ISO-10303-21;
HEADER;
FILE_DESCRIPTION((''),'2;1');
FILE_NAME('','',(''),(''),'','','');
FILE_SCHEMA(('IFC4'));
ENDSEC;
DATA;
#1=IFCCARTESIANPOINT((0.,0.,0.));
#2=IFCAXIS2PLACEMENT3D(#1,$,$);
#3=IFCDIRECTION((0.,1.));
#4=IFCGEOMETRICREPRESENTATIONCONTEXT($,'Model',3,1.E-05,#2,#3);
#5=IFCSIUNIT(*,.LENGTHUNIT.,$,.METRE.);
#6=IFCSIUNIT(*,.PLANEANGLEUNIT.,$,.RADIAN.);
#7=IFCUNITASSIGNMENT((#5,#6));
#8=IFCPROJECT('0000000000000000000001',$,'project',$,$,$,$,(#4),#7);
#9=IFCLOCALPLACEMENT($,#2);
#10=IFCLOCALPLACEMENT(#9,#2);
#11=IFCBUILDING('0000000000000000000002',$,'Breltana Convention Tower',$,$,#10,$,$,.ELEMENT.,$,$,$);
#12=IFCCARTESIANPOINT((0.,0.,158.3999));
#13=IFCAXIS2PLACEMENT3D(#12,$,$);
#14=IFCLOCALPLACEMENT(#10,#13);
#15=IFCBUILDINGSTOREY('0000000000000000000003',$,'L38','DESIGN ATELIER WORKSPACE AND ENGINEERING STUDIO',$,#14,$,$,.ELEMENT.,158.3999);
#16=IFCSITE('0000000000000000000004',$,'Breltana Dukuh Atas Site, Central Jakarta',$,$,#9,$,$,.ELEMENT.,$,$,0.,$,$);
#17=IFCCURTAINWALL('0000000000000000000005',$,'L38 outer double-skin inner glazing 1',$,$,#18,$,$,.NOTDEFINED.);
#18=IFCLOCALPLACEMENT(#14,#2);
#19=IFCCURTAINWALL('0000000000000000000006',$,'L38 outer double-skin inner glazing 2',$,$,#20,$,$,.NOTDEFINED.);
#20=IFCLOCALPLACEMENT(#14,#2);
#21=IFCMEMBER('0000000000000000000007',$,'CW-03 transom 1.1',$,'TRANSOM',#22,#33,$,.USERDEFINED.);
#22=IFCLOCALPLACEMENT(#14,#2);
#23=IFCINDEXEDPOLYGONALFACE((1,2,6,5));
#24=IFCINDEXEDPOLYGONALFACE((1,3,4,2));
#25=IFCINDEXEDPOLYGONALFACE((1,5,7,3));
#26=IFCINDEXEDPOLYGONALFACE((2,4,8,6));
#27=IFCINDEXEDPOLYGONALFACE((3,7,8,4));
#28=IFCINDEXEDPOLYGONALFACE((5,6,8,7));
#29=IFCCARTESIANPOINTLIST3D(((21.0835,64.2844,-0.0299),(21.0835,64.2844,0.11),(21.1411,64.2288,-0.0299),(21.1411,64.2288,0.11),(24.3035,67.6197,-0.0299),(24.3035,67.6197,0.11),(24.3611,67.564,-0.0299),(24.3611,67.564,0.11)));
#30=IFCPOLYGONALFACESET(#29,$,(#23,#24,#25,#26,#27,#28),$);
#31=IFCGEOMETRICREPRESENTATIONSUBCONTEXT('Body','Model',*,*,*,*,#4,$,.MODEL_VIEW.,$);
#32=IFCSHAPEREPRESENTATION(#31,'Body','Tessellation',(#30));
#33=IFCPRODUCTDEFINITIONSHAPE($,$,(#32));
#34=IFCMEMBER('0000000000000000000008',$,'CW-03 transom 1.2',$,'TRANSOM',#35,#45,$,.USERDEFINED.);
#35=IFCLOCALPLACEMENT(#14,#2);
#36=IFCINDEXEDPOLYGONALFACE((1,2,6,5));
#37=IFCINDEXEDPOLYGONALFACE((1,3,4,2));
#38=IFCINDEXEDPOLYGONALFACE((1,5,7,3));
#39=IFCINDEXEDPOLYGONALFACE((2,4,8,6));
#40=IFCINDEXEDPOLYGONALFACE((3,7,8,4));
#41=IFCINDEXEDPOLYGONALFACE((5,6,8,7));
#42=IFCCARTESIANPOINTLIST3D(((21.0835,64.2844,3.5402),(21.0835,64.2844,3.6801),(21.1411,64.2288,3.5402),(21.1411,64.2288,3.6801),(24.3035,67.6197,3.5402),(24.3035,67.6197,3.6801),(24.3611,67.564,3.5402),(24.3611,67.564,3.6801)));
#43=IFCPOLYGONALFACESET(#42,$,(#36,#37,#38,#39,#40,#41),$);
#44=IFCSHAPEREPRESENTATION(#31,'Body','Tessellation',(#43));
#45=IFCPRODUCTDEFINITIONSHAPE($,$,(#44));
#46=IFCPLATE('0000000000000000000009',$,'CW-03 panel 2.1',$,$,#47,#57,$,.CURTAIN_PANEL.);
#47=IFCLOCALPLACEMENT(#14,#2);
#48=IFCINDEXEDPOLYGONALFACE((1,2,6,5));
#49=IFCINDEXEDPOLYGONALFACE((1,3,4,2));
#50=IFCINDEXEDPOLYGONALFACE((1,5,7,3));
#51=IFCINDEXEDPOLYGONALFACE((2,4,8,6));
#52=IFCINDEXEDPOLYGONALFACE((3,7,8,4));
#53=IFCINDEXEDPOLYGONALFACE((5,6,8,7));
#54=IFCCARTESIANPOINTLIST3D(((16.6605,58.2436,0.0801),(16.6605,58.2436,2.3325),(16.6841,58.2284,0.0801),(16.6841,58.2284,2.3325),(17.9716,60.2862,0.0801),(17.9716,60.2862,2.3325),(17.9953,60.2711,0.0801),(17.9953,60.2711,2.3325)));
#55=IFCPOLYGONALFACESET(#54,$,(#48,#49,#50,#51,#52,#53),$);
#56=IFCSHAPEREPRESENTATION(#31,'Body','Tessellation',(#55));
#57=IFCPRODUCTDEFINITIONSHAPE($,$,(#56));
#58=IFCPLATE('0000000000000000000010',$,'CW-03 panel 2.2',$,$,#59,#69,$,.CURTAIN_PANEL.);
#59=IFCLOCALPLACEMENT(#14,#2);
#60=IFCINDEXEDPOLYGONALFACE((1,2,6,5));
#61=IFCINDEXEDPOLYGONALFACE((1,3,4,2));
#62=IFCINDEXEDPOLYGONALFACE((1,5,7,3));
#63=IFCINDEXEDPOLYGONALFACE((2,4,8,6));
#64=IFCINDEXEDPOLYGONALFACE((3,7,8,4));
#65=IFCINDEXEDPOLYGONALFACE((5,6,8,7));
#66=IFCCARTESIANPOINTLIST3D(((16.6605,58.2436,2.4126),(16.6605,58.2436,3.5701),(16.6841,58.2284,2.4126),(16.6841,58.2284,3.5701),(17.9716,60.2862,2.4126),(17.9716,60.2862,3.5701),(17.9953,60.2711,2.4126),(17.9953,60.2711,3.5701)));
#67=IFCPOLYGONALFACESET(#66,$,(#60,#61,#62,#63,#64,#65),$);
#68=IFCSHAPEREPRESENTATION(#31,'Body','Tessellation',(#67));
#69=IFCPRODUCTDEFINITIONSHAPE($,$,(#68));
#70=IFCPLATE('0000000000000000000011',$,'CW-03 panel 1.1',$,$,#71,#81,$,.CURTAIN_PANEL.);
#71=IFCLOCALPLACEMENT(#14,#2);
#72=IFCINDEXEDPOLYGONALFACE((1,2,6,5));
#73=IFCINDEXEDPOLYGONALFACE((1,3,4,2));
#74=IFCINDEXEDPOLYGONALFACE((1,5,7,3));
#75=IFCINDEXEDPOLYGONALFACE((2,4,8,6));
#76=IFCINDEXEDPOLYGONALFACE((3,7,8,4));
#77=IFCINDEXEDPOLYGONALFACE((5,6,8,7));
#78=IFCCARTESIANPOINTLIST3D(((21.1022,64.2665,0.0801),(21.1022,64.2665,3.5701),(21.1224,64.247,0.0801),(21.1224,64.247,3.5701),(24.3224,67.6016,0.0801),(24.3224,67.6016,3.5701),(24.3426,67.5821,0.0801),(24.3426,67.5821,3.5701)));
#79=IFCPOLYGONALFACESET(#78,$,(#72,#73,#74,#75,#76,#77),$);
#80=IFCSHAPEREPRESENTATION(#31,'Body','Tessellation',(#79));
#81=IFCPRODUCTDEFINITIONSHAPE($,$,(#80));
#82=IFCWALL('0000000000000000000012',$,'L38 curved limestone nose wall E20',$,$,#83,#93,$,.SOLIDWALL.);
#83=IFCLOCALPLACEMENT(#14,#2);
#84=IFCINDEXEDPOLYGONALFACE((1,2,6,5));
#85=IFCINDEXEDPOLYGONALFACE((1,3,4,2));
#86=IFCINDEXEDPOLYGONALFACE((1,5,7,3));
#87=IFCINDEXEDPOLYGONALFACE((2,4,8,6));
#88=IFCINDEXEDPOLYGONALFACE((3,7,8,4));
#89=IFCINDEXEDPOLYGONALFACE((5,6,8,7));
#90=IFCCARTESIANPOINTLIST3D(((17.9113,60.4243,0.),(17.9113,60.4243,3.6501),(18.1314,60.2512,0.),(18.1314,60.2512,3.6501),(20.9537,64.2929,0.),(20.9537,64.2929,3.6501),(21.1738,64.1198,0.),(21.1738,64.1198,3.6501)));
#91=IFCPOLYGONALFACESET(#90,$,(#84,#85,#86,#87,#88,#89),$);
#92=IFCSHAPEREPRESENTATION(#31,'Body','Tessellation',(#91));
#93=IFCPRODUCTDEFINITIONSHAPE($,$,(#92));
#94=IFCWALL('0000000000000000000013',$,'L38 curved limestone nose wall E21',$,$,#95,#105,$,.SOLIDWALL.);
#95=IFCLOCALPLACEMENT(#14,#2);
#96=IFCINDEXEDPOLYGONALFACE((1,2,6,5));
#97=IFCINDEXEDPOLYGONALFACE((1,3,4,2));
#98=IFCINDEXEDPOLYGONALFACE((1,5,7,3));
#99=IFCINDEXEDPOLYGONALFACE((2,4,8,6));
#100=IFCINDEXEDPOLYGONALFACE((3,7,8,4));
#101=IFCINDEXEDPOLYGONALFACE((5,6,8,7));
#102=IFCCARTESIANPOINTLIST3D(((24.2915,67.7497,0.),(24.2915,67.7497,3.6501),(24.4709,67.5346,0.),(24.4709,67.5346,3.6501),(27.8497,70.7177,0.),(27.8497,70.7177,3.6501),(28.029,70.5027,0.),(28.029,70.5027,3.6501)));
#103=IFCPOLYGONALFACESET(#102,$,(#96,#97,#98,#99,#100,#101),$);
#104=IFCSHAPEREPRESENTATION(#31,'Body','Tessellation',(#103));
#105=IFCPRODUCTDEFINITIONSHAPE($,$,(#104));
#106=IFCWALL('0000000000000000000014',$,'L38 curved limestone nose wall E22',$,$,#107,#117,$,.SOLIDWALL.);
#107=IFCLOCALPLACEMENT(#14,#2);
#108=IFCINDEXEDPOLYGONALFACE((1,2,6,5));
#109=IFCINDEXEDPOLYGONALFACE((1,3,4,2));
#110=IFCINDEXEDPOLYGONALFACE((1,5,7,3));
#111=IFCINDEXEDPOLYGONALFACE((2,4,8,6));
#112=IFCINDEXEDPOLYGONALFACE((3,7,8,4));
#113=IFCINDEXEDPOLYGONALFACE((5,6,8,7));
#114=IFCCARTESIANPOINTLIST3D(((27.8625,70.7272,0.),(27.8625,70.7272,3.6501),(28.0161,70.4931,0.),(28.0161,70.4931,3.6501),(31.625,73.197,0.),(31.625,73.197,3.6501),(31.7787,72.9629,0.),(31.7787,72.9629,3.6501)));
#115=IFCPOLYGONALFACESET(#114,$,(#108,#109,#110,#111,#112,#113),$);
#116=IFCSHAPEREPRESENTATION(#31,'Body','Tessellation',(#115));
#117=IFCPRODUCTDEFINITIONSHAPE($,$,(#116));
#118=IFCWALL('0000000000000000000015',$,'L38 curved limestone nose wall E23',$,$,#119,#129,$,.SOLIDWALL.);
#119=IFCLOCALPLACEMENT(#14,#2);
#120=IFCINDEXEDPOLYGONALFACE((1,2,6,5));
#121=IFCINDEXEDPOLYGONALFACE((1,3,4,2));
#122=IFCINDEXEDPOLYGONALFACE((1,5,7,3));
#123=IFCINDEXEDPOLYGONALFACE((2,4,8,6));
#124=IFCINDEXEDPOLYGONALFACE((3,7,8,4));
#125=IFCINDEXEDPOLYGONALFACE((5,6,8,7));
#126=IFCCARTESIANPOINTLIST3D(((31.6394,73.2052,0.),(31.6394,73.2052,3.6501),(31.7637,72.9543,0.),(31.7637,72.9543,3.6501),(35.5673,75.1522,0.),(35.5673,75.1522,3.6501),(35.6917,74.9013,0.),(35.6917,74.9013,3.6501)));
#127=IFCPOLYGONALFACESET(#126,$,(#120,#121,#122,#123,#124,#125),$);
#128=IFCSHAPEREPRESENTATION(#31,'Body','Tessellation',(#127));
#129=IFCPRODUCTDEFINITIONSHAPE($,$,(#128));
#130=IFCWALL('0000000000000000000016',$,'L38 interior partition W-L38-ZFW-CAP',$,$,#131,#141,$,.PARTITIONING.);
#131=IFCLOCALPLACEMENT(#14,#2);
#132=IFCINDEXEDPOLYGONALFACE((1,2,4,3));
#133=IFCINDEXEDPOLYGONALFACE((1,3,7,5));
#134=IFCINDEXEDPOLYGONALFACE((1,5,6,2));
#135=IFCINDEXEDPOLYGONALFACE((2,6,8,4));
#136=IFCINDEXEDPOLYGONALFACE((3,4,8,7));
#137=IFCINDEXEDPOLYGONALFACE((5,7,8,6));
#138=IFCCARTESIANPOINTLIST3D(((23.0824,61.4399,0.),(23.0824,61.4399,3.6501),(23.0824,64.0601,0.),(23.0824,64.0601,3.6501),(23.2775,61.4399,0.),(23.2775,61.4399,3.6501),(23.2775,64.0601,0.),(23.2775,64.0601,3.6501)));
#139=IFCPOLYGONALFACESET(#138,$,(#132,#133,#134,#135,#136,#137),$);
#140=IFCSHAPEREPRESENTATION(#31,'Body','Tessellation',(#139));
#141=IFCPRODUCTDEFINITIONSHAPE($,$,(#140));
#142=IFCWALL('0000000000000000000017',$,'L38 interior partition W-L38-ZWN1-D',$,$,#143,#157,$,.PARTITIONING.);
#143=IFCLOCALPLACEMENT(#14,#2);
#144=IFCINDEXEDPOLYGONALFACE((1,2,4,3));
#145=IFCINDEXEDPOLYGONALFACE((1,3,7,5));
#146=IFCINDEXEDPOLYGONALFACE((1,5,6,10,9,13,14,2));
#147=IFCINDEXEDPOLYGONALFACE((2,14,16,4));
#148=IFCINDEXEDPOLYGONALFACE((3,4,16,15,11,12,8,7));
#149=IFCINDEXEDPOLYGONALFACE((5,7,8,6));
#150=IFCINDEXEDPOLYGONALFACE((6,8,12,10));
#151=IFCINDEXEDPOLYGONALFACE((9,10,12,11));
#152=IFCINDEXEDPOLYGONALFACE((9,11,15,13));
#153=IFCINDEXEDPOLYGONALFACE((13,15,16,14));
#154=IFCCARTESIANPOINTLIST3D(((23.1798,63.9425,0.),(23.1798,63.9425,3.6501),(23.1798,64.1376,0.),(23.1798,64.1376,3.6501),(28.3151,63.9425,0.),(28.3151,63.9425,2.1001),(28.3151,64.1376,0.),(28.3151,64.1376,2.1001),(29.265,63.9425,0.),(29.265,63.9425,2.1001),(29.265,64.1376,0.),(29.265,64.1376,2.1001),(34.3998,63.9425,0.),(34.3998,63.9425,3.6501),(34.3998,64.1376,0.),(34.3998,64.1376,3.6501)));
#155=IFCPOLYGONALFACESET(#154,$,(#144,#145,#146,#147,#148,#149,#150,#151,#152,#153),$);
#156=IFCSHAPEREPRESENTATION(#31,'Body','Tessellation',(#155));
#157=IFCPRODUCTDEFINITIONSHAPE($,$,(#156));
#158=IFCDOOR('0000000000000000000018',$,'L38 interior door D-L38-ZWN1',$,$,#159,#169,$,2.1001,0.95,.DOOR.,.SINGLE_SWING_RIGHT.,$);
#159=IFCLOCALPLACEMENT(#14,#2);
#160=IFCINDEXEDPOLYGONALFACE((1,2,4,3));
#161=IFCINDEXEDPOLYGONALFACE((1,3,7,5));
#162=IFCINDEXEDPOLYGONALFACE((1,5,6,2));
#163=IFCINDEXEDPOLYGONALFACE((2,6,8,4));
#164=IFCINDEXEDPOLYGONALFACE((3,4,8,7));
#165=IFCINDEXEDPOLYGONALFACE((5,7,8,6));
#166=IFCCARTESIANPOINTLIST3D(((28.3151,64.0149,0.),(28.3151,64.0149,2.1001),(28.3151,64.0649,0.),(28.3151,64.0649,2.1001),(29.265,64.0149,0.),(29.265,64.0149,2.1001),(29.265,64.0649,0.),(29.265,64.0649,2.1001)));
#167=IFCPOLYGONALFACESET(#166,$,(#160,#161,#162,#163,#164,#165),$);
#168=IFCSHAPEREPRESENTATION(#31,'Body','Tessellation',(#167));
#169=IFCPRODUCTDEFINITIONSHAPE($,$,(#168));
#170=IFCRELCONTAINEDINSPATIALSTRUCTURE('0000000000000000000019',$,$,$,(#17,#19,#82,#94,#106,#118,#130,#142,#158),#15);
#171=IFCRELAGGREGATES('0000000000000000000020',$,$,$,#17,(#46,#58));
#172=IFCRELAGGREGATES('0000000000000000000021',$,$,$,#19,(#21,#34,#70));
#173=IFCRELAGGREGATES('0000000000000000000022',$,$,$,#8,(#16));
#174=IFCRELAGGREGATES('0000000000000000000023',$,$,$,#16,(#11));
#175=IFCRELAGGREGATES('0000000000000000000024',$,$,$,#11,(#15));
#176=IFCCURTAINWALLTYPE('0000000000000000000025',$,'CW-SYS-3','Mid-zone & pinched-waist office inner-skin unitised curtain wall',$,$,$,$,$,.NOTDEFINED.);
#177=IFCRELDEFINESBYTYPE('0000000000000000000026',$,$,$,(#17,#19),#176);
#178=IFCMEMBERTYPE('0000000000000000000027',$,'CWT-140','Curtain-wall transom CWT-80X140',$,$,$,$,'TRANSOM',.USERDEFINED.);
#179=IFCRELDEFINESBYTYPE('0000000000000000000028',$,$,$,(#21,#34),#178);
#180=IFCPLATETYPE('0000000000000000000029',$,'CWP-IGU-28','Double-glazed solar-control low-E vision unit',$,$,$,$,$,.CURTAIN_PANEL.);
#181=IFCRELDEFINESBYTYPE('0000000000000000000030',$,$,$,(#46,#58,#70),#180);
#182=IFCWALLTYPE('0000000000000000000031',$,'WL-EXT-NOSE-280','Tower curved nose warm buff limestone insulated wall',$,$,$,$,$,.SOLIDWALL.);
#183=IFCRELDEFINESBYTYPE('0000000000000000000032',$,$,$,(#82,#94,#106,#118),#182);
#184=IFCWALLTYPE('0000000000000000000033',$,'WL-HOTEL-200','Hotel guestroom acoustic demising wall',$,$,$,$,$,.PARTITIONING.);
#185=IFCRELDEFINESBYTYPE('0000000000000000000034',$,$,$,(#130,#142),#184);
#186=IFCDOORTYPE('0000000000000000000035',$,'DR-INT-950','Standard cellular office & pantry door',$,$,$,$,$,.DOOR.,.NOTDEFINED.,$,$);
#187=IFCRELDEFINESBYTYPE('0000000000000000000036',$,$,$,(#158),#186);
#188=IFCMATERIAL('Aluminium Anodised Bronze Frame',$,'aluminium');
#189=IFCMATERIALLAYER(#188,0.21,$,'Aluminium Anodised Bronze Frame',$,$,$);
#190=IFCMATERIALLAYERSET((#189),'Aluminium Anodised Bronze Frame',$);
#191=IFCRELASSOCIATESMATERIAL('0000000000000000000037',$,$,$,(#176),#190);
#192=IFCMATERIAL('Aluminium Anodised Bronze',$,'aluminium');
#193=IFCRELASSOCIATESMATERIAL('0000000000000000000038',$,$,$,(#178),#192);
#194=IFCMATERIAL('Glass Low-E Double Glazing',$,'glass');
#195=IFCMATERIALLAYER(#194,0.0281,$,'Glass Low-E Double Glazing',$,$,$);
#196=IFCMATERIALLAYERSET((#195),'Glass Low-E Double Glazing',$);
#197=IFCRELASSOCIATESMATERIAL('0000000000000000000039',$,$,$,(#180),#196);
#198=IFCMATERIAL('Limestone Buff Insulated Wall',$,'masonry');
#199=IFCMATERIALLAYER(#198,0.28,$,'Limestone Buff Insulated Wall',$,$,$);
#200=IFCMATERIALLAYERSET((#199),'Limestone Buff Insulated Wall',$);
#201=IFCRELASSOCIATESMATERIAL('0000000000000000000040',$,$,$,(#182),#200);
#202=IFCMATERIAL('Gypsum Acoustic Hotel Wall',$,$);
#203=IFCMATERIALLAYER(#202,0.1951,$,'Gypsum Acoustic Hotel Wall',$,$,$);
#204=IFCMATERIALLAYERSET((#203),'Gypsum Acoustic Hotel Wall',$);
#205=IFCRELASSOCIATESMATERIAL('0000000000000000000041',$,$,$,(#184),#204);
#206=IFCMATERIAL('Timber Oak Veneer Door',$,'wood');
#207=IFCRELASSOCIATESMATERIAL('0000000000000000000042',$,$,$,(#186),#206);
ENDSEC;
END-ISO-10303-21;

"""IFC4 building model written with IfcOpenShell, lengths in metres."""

from ifc_helpers import new_model, si_unit, direction, frame, frame_2d, origin, origin_2d, place, context, subcontext, project, spatial, rectangle, extrude, source, transform, mapped, material, layer, layer_set, material_profile, profile_set, type_object, type_shapes, element, fill, aggregate, save


model = new_model("IFC4")

# Units and contexts
model_context = context("Model", 3, precision=1e-05, world=origin(), true_north=direction((0.0, 1.0)))
body_context = subcontext(model_context, "Body", "Model", "MODEL_VIEW")
ifc_project = project(units=[si_unit("LENGTHUNIT", "METRE"), si_unit("PLANEANGLEUNIT", "RADIAN")], contexts=[model_context])

# Site, building, storey
site_placement = place(None, origin())
site = spatial("IfcSite", under=ifc_project, at=site_placement, Name="Breltana Dukuh Atas Site, Central Jakarta", CompositionType="ELEMENT", RefElevation=0.0)
building_placement = place(site_placement, origin())
building = spatial("IfcBuilding", under=site, at=building_placement, Name="Breltana Convention Tower", CompositionType="ELEMENT")
storey_placement = place(building_placement, frame((0.0, 0.0, 158.3999)))
storey = spatial("IfcBuildingStorey", under=building, at=storey_placement, Name="L38", Description="DESIGN ATELIER WORKSPACE AND ENGINEERING STUDIO", CompositionType="ELEMENT", Elevation=158.3999)

# Curtain wall
ifc_material_1 = material(Name="Aluminium Anodised Bronze Frame", Category="aluminium")
ifc_layer_1 = layer(ifc_material_1, 0.21, Name="Aluminium Anodised Bronze Frame")
ifc_layer_set_1 = layer_set([ifc_layer_1], Name="Aluminium Anodised Bronze Frame")
curtain_wall_type = type_object("IfcCurtainWallType", Name="CW-SYS-3", Description="Mid-zone & pinched-waist office inner-skin unitised curtain wall", PredefinedType="NOTDEFINED", material=ifc_layer_set_1)
curtain_wall_1_placement = place(storey_placement, origin())
curtain_wall_1 = element("IfcCurtainWall", 1, at=curtain_wall_1_placement, inside=storey, type_object=curtain_wall_type, Name="L38 outer double-skin inner glazing 1", PredefinedType="NOTDEFINED")
ifc_material_2 = material(Name="Aluminium Anodised Bronze", Category="aluminium")

# Curtain wall
curtain_wall_2_placement = place(storey_placement, origin())
curtain_wall_2 = element("IfcCurtainWall", 2, at=curtain_wall_2_placement, inside=storey, type_object=curtain_wall_type, Name="L38 outer double-skin inner glazing 2", PredefinedType="NOTDEFINED")

# Members
ifc_material_profile_1 = material_profile(ifc_material_2, rectangle(XDim=0.0801, YDim=0.1399, at=origin_2d()), Name="CWT-80X140")
ifc_profile_set_1 = profile_set([ifc_material_profile_1], Name="Aluminium Anodised Bronze")
member_type_1 = type_object("IfcMemberType", Name="CWT-140", Description="Curtain-wall transom CWT-80X140", ElementType="TRANSOM", PredefinedType="USERDEFINED", material=ifc_profile_set_1)
shared_shape_1 = source(origin(), body_context, "Body", "SweptSolid", [
    extrude(rectangle(XDim=0.0801, YDim=0.1399, at=origin_2d()), origin(), (0.0, 0.0, 1.0), 4.636),
])
member_1_placement = place(storey_placement, frame((21.1123, 64.2566, 0.04), z_axis=(0.694569, 0.719426, 0.0), x_axis=(-0.719426, 0.694569, 0.0)))
member_1 = element("IfcMember", 3, at=member_1_placement, type_object=member_type_1, Name="CW-03 transom 1.1", ObjectType="TRANSOM", PredefinedType="USERDEFINED", context=body_context, shape_type="MappedRepresentation", body=[
    mapped(shared_shape_1, transform((0.0, 0.0, 0.0), scale=1.0)),
])
member_2_placement = place(storey_placement, frame((21.1123, 64.2566, 3.6101), z_axis=(0.694569, 0.719426, 0.0), x_axis=(-0.719426, 0.694569, 0.0)))
member_2 = element("IfcMember", 4, at=member_2_placement, type_object=member_type_1, Name="CW-03 transom 1.2", ObjectType="TRANSOM", PredefinedType="USERDEFINED", context=body_context, shape_type="MappedRepresentation", body=[
    mapped(shared_shape_1, transform((0.0, 0.0, 0.0), scale=1.0)),
])

# Plates
ifc_material_3 = material(Name="Glass Low-E Double Glazing", Category="glass")
ifc_layer_2 = layer(ifc_material_3, 0.0281, Name="Glass Low-E Double Glazing")
ifc_layer_set_2 = layer_set([ifc_layer_2], Name="Glass Low-E Double Glazing")
plate_type = type_object("IfcPlateType", Name="CWP-IGU-28", Description="Double-glazed solar-control low-E vision unit", PredefinedType="CURTAIN_PANEL", material=ifc_layer_set_2)
shared_shape_2 = source(origin(), body_context, "Body", "SweptSolid", [
    extrude(rectangle(XDim=2.4272, YDim=0.0281, at=origin_2d()), origin(), (0.0, 0.0, 1.0), 2.2524),
])
plate_1_placement = place(storey_placement, frame((17.3279, 59.2573, 0.0801), z_axis=(0.0, 0.0, 1.0), x_axis=(0.540173, 0.841554, 0.0)))
plate_1 = element("IfcPlate", 5, at=plate_1_placement, type_object=plate_type, Name="CW-03 panel 2.1", PredefinedType="CURTAIN_PANEL", context=body_context, shape_type="MappedRepresentation", body=[
    mapped(shared_shape_2, transform((0.0, 0.0, 0.0), scale=1.0)),
])
shared_shape_3 = source(origin(), body_context, "Body", "SweptSolid", [
    extrude(rectangle(XDim=2.4272, YDim=0.0281, at=origin_2d()), origin(), (0.0, 0.0, 1.0), 1.1575),
])
plate_2_placement = place(storey_placement, frame((17.3279, 59.2573, 2.4126), z_axis=(0.0, 0.0, 1.0), x_axis=(0.540173, 0.841554, 0.0)))
plate_2 = element("IfcPlate", 6, at=plate_2_placement, type_object=plate_type, Name="CW-03 panel 2.2", PredefinedType="CURTAIN_PANEL", context=body_context, shape_type="MappedRepresentation", body=[
    mapped(shared_shape_3, transform((0.0, 0.0, 0.0), scale=1.0)),
])
aggregate(curtain_wall_1, [plate_1, plate_2])
shared_shape_4 = source(origin(), body_context, "Body", "SweptSolid", [
    extrude(rectangle(XDim=4.636, YDim=0.0281, at=origin_2d()), origin(), (0.0, 0.0, 1.0), 3.49),
])
plate_3_placement = place(storey_placement, frame((22.7224, 65.9243, 0.0801), z_axis=(0.0, 0.0, 1.0), x_axis=(0.694603, 0.719394, 0.0)))
plate_3 = element("IfcPlate", 7, at=plate_3_placement, type_object=plate_type, Name="CW-03 panel 1.1", PredefinedType="CURTAIN_PANEL", context=body_context, shape_type="MappedRepresentation", body=[
    mapped(shared_shape_4, transform((0.0, 0.0, 0.0), scale=1.0)),
])
aggregate(curtain_wall_2, [member_1, member_2, plate_3])

# Walls
ifc_material_4 = material(Name="Limestone Buff Insulated Wall", Category="masonry")
ifc_layer_3 = layer(ifc_material_4, 0.28, Name="Limestone Buff Insulated Wall")
ifc_layer_set_3 = layer_set([ifc_layer_3], Name="Limestone Buff Insulated Wall")
wall_type_1 = type_object("IfcWallType", Name="WL-EXT-NOSE-280", Description="Tower curved nose warm buff limestone insulated wall", PredefinedType="SOLIDWALL", material=ifc_layer_set_3)
shared_shape_5 = source(origin(), body_context, "Body", "SweptSolid", [
    extrude(rectangle(XDim=4.9216, YDim=0.28, at=frame_2d((2.4609, 0.0))), origin(), (0.0, 0.0, 1.0), 3.6501),
])
wall_1_placement = place(storey_placement, frame((18.0212, 60.3376, 0.0), z_axis=(0.0, 0.0, 1.0), x_axis=(0.618176, 0.786039, 0.0)))
element("IfcWall", 8, at=wall_1_placement, inside=storey, type_object=wall_type_1, Name="L38 curved limestone nose wall E20", PredefinedType="SOLIDWALL", context=body_context, shape_type="MappedRepresentation", body=[
    mapped(shared_shape_5, transform((0.0, 0.0, 0.0), scale=1.0)),
])
shared_shape_6 = source(origin(), body_context, "Body", "SweptSolid", [
    extrude(rectangle(XDim=4.6335, YDim=0.28, at=frame_2d((2.3169, 0.0))), origin(), (0.0, 0.0, 1.0), 3.6501),
])
wall_2_placement = place(storey_placement, frame((24.3811, 67.6421, 0.0), z_axis=(0.0, 0.0, 1.0), x_axis=(0.76791, 0.640557, 0.0)))
element("IfcWall", 9, at=wall_2_placement, inside=storey, type_object=wall_type_1, Name="L38 curved limestone nose wall E21", PredefinedType="SOLIDWALL", context=body_context, shape_type="MappedRepresentation", body=[
    mapped(shared_shape_6, transform((0.0, 0.0, 0.0), scale=1.0)),
])
shared_shape_7 = source(origin(), body_context, "Body", "SweptSolid", [
    extrude(rectangle(XDim=4.5007, YDim=0.28, at=frame_2d((2.2505, 0.0))), origin(), (0.0, 0.0, 1.0), 3.6501),
])
wall_3_placement = place(storey_placement, frame((27.9392, 70.6101, 0.0), z_axis=(0.0, 0.0, 1.0), x_axis=(0.835985, 0.548752, 0.0)))
element("IfcWall", 10, at=wall_3_placement, inside=storey, type_object=wall_type_1, Name="L38 curved limestone nose wall E22", PredefinedType="SOLIDWALL", context=body_context, shape_type="MappedRepresentation", body=[
    mapped(shared_shape_7, transform((0.0, 0.0, 0.0), scale=1.0)),
])
shared_shape_8 = source(origin(), body_context, "Body", "SweptSolid", [
    extrude(rectangle(XDim=4.384, YDim=0.28, at=frame_2d((2.1919, 0.0))), origin(), (0.0, 0.0, 1.0), 3.6501),
])
wall_4_placement = place(storey_placement, frame((31.7017, 73.0798, 0.0), z_axis=(0.0, 0.0, 1.0), x_axis=(0.89597, 0.444115, 0.0)))
element("IfcWall", 11, at=wall_4_placement, inside=storey, type_object=wall_type_1, Name="L38 curved limestone nose wall E23", PredefinedType="SOLIDWALL", context=body_context, shape_type="MappedRepresentation", body=[
    mapped(shared_shape_8, transform((0.0, 0.0, 0.0), scale=1.0)),
])
ifc_material_5 = material(Name="Gypsum Acoustic Hotel Wall")
ifc_layer_4 = layer(ifc_material_5, 0.1951, Name="Gypsum Acoustic Hotel Wall")
ifc_layer_set_4 = layer_set([ifc_layer_4], Name="Gypsum Acoustic Hotel Wall")
wall_type_2 = type_object("IfcWallType", Name="WL-HOTEL-200", Description="Hotel guestroom acoustic demising wall", PredefinedType="PARTITIONING", material=ifc_layer_set_4)
shared_shape_9 = source(origin(), body_context, "Body", "SweptSolid", [
    extrude(rectangle(XDim=2.6201, YDim=0.1951, at=frame_2d((1.3101, 0.0))), origin(), (0.0, 0.0, 1.0), 3.6501),
])
wall_5_placement = place(storey_placement, frame((23.1799, 61.4399, 0.0), z_axis=(0.0, 0.0, 1.0), x_axis=(0.0, 1.0, 0.0)))
element("IfcWall", 12, at=wall_5_placement, inside=storey, type_object=wall_type_2, Name="L38 interior partition W-L38-ZFW-CAP", PredefinedType="PARTITIONING", context=body_context, shape_type="MappedRepresentation", body=[
    mapped(shared_shape_9, transform((0.0, 0.0, 0.0), scale=1.0)),
])

# Wall, opening, door
shared_shape_10 = source(origin(), body_context, "Body", "SweptSolid", [
    extrude(rectangle(XDim=11.22, YDim=0.1951, at=frame_2d((5.6099, 0.0))), origin(), (0.0, 0.0, 1.0), 3.6501),
])
wall_6_placement = place(storey_placement, frame((23.1799, 64.04, 0.0), z_axis=(0.0, 0.0, 1.0), x_axis=(1.0, 0.0, 0.0)))
wall_6 = element("IfcWall", 13, at=wall_6_placement, inside=storey, type_object=wall_type_2, Name="L38 interior partition W-L38-ZWN1-D", PredefinedType="PARTITIONING", context=body_context, shape_type="MappedRepresentation", body=[
    mapped(shared_shape_10, transform((0.0, 0.0, 0.0), scale=1.0)),
])
opening_1_placement = place(wall_6_placement, frame((5.135, 0.0, 0.0)))
opening_1 = element("IfcOpeningElement", 14, at=opening_1_placement, cuts=wall_6, PredefinedType="OPENING", context=body_context, shape_type="SweptSolid", body=[
    extrude(rectangle(XDim=0.95, YDim=2.1001, at=frame_2d((0.4751, 1.05))), frame((0.0, 0.1074, 0.0), z_axis=(0.0, -1.0, 0.0), x_axis=(1.0, 0.0, 0.0)), (0.0, 0.0, 1.0), 0.2151),
])
ifc_material_6 = material(Name="Timber Oak Veneer Door", Category="wood")
door_type = type_object("IfcDoorType", Name="DR-INT-950", Description="Standard cellular office & pantry door", OperationType="NOTDEFINED", PredefinedType="DOOR", material=ifc_material_6)
shared_shape_11 = source(origin(), body_context, "Body", "SweptSolid", [
    extrude(rectangle(XDim=0.95, YDim=2.1001, at=frame_2d((0.4751, 1.05))), frame((0.0, 0.0249, 0.0), z_axis=(0.0, -1.0, 0.0), x_axis=(1.0, 0.0, 0.0)), (0.0, 0.0, 1.0), 0.05),
])
type_shapes(door_type, [shared_shape_11])
door_1_placement = place(opening_1_placement, origin())
door_1 = element("IfcDoor", 15, at=door_1_placement, inside=storey, type_object=door_type, Name="L38 interior door D-L38-ZWN1", OperationType="SINGLE_SWING_RIGHT", OverallHeight=2.1001, OverallWidth=0.95, PredefinedType="DOOR", context=body_context, shape_type="MappedRepresentation", body=[
    mapped(shared_shape_11, transform((0.0, 0.0, 0.0), scale=1.0)),
])
fill(opening_1, door_1)

save(model, "model.ifc")
